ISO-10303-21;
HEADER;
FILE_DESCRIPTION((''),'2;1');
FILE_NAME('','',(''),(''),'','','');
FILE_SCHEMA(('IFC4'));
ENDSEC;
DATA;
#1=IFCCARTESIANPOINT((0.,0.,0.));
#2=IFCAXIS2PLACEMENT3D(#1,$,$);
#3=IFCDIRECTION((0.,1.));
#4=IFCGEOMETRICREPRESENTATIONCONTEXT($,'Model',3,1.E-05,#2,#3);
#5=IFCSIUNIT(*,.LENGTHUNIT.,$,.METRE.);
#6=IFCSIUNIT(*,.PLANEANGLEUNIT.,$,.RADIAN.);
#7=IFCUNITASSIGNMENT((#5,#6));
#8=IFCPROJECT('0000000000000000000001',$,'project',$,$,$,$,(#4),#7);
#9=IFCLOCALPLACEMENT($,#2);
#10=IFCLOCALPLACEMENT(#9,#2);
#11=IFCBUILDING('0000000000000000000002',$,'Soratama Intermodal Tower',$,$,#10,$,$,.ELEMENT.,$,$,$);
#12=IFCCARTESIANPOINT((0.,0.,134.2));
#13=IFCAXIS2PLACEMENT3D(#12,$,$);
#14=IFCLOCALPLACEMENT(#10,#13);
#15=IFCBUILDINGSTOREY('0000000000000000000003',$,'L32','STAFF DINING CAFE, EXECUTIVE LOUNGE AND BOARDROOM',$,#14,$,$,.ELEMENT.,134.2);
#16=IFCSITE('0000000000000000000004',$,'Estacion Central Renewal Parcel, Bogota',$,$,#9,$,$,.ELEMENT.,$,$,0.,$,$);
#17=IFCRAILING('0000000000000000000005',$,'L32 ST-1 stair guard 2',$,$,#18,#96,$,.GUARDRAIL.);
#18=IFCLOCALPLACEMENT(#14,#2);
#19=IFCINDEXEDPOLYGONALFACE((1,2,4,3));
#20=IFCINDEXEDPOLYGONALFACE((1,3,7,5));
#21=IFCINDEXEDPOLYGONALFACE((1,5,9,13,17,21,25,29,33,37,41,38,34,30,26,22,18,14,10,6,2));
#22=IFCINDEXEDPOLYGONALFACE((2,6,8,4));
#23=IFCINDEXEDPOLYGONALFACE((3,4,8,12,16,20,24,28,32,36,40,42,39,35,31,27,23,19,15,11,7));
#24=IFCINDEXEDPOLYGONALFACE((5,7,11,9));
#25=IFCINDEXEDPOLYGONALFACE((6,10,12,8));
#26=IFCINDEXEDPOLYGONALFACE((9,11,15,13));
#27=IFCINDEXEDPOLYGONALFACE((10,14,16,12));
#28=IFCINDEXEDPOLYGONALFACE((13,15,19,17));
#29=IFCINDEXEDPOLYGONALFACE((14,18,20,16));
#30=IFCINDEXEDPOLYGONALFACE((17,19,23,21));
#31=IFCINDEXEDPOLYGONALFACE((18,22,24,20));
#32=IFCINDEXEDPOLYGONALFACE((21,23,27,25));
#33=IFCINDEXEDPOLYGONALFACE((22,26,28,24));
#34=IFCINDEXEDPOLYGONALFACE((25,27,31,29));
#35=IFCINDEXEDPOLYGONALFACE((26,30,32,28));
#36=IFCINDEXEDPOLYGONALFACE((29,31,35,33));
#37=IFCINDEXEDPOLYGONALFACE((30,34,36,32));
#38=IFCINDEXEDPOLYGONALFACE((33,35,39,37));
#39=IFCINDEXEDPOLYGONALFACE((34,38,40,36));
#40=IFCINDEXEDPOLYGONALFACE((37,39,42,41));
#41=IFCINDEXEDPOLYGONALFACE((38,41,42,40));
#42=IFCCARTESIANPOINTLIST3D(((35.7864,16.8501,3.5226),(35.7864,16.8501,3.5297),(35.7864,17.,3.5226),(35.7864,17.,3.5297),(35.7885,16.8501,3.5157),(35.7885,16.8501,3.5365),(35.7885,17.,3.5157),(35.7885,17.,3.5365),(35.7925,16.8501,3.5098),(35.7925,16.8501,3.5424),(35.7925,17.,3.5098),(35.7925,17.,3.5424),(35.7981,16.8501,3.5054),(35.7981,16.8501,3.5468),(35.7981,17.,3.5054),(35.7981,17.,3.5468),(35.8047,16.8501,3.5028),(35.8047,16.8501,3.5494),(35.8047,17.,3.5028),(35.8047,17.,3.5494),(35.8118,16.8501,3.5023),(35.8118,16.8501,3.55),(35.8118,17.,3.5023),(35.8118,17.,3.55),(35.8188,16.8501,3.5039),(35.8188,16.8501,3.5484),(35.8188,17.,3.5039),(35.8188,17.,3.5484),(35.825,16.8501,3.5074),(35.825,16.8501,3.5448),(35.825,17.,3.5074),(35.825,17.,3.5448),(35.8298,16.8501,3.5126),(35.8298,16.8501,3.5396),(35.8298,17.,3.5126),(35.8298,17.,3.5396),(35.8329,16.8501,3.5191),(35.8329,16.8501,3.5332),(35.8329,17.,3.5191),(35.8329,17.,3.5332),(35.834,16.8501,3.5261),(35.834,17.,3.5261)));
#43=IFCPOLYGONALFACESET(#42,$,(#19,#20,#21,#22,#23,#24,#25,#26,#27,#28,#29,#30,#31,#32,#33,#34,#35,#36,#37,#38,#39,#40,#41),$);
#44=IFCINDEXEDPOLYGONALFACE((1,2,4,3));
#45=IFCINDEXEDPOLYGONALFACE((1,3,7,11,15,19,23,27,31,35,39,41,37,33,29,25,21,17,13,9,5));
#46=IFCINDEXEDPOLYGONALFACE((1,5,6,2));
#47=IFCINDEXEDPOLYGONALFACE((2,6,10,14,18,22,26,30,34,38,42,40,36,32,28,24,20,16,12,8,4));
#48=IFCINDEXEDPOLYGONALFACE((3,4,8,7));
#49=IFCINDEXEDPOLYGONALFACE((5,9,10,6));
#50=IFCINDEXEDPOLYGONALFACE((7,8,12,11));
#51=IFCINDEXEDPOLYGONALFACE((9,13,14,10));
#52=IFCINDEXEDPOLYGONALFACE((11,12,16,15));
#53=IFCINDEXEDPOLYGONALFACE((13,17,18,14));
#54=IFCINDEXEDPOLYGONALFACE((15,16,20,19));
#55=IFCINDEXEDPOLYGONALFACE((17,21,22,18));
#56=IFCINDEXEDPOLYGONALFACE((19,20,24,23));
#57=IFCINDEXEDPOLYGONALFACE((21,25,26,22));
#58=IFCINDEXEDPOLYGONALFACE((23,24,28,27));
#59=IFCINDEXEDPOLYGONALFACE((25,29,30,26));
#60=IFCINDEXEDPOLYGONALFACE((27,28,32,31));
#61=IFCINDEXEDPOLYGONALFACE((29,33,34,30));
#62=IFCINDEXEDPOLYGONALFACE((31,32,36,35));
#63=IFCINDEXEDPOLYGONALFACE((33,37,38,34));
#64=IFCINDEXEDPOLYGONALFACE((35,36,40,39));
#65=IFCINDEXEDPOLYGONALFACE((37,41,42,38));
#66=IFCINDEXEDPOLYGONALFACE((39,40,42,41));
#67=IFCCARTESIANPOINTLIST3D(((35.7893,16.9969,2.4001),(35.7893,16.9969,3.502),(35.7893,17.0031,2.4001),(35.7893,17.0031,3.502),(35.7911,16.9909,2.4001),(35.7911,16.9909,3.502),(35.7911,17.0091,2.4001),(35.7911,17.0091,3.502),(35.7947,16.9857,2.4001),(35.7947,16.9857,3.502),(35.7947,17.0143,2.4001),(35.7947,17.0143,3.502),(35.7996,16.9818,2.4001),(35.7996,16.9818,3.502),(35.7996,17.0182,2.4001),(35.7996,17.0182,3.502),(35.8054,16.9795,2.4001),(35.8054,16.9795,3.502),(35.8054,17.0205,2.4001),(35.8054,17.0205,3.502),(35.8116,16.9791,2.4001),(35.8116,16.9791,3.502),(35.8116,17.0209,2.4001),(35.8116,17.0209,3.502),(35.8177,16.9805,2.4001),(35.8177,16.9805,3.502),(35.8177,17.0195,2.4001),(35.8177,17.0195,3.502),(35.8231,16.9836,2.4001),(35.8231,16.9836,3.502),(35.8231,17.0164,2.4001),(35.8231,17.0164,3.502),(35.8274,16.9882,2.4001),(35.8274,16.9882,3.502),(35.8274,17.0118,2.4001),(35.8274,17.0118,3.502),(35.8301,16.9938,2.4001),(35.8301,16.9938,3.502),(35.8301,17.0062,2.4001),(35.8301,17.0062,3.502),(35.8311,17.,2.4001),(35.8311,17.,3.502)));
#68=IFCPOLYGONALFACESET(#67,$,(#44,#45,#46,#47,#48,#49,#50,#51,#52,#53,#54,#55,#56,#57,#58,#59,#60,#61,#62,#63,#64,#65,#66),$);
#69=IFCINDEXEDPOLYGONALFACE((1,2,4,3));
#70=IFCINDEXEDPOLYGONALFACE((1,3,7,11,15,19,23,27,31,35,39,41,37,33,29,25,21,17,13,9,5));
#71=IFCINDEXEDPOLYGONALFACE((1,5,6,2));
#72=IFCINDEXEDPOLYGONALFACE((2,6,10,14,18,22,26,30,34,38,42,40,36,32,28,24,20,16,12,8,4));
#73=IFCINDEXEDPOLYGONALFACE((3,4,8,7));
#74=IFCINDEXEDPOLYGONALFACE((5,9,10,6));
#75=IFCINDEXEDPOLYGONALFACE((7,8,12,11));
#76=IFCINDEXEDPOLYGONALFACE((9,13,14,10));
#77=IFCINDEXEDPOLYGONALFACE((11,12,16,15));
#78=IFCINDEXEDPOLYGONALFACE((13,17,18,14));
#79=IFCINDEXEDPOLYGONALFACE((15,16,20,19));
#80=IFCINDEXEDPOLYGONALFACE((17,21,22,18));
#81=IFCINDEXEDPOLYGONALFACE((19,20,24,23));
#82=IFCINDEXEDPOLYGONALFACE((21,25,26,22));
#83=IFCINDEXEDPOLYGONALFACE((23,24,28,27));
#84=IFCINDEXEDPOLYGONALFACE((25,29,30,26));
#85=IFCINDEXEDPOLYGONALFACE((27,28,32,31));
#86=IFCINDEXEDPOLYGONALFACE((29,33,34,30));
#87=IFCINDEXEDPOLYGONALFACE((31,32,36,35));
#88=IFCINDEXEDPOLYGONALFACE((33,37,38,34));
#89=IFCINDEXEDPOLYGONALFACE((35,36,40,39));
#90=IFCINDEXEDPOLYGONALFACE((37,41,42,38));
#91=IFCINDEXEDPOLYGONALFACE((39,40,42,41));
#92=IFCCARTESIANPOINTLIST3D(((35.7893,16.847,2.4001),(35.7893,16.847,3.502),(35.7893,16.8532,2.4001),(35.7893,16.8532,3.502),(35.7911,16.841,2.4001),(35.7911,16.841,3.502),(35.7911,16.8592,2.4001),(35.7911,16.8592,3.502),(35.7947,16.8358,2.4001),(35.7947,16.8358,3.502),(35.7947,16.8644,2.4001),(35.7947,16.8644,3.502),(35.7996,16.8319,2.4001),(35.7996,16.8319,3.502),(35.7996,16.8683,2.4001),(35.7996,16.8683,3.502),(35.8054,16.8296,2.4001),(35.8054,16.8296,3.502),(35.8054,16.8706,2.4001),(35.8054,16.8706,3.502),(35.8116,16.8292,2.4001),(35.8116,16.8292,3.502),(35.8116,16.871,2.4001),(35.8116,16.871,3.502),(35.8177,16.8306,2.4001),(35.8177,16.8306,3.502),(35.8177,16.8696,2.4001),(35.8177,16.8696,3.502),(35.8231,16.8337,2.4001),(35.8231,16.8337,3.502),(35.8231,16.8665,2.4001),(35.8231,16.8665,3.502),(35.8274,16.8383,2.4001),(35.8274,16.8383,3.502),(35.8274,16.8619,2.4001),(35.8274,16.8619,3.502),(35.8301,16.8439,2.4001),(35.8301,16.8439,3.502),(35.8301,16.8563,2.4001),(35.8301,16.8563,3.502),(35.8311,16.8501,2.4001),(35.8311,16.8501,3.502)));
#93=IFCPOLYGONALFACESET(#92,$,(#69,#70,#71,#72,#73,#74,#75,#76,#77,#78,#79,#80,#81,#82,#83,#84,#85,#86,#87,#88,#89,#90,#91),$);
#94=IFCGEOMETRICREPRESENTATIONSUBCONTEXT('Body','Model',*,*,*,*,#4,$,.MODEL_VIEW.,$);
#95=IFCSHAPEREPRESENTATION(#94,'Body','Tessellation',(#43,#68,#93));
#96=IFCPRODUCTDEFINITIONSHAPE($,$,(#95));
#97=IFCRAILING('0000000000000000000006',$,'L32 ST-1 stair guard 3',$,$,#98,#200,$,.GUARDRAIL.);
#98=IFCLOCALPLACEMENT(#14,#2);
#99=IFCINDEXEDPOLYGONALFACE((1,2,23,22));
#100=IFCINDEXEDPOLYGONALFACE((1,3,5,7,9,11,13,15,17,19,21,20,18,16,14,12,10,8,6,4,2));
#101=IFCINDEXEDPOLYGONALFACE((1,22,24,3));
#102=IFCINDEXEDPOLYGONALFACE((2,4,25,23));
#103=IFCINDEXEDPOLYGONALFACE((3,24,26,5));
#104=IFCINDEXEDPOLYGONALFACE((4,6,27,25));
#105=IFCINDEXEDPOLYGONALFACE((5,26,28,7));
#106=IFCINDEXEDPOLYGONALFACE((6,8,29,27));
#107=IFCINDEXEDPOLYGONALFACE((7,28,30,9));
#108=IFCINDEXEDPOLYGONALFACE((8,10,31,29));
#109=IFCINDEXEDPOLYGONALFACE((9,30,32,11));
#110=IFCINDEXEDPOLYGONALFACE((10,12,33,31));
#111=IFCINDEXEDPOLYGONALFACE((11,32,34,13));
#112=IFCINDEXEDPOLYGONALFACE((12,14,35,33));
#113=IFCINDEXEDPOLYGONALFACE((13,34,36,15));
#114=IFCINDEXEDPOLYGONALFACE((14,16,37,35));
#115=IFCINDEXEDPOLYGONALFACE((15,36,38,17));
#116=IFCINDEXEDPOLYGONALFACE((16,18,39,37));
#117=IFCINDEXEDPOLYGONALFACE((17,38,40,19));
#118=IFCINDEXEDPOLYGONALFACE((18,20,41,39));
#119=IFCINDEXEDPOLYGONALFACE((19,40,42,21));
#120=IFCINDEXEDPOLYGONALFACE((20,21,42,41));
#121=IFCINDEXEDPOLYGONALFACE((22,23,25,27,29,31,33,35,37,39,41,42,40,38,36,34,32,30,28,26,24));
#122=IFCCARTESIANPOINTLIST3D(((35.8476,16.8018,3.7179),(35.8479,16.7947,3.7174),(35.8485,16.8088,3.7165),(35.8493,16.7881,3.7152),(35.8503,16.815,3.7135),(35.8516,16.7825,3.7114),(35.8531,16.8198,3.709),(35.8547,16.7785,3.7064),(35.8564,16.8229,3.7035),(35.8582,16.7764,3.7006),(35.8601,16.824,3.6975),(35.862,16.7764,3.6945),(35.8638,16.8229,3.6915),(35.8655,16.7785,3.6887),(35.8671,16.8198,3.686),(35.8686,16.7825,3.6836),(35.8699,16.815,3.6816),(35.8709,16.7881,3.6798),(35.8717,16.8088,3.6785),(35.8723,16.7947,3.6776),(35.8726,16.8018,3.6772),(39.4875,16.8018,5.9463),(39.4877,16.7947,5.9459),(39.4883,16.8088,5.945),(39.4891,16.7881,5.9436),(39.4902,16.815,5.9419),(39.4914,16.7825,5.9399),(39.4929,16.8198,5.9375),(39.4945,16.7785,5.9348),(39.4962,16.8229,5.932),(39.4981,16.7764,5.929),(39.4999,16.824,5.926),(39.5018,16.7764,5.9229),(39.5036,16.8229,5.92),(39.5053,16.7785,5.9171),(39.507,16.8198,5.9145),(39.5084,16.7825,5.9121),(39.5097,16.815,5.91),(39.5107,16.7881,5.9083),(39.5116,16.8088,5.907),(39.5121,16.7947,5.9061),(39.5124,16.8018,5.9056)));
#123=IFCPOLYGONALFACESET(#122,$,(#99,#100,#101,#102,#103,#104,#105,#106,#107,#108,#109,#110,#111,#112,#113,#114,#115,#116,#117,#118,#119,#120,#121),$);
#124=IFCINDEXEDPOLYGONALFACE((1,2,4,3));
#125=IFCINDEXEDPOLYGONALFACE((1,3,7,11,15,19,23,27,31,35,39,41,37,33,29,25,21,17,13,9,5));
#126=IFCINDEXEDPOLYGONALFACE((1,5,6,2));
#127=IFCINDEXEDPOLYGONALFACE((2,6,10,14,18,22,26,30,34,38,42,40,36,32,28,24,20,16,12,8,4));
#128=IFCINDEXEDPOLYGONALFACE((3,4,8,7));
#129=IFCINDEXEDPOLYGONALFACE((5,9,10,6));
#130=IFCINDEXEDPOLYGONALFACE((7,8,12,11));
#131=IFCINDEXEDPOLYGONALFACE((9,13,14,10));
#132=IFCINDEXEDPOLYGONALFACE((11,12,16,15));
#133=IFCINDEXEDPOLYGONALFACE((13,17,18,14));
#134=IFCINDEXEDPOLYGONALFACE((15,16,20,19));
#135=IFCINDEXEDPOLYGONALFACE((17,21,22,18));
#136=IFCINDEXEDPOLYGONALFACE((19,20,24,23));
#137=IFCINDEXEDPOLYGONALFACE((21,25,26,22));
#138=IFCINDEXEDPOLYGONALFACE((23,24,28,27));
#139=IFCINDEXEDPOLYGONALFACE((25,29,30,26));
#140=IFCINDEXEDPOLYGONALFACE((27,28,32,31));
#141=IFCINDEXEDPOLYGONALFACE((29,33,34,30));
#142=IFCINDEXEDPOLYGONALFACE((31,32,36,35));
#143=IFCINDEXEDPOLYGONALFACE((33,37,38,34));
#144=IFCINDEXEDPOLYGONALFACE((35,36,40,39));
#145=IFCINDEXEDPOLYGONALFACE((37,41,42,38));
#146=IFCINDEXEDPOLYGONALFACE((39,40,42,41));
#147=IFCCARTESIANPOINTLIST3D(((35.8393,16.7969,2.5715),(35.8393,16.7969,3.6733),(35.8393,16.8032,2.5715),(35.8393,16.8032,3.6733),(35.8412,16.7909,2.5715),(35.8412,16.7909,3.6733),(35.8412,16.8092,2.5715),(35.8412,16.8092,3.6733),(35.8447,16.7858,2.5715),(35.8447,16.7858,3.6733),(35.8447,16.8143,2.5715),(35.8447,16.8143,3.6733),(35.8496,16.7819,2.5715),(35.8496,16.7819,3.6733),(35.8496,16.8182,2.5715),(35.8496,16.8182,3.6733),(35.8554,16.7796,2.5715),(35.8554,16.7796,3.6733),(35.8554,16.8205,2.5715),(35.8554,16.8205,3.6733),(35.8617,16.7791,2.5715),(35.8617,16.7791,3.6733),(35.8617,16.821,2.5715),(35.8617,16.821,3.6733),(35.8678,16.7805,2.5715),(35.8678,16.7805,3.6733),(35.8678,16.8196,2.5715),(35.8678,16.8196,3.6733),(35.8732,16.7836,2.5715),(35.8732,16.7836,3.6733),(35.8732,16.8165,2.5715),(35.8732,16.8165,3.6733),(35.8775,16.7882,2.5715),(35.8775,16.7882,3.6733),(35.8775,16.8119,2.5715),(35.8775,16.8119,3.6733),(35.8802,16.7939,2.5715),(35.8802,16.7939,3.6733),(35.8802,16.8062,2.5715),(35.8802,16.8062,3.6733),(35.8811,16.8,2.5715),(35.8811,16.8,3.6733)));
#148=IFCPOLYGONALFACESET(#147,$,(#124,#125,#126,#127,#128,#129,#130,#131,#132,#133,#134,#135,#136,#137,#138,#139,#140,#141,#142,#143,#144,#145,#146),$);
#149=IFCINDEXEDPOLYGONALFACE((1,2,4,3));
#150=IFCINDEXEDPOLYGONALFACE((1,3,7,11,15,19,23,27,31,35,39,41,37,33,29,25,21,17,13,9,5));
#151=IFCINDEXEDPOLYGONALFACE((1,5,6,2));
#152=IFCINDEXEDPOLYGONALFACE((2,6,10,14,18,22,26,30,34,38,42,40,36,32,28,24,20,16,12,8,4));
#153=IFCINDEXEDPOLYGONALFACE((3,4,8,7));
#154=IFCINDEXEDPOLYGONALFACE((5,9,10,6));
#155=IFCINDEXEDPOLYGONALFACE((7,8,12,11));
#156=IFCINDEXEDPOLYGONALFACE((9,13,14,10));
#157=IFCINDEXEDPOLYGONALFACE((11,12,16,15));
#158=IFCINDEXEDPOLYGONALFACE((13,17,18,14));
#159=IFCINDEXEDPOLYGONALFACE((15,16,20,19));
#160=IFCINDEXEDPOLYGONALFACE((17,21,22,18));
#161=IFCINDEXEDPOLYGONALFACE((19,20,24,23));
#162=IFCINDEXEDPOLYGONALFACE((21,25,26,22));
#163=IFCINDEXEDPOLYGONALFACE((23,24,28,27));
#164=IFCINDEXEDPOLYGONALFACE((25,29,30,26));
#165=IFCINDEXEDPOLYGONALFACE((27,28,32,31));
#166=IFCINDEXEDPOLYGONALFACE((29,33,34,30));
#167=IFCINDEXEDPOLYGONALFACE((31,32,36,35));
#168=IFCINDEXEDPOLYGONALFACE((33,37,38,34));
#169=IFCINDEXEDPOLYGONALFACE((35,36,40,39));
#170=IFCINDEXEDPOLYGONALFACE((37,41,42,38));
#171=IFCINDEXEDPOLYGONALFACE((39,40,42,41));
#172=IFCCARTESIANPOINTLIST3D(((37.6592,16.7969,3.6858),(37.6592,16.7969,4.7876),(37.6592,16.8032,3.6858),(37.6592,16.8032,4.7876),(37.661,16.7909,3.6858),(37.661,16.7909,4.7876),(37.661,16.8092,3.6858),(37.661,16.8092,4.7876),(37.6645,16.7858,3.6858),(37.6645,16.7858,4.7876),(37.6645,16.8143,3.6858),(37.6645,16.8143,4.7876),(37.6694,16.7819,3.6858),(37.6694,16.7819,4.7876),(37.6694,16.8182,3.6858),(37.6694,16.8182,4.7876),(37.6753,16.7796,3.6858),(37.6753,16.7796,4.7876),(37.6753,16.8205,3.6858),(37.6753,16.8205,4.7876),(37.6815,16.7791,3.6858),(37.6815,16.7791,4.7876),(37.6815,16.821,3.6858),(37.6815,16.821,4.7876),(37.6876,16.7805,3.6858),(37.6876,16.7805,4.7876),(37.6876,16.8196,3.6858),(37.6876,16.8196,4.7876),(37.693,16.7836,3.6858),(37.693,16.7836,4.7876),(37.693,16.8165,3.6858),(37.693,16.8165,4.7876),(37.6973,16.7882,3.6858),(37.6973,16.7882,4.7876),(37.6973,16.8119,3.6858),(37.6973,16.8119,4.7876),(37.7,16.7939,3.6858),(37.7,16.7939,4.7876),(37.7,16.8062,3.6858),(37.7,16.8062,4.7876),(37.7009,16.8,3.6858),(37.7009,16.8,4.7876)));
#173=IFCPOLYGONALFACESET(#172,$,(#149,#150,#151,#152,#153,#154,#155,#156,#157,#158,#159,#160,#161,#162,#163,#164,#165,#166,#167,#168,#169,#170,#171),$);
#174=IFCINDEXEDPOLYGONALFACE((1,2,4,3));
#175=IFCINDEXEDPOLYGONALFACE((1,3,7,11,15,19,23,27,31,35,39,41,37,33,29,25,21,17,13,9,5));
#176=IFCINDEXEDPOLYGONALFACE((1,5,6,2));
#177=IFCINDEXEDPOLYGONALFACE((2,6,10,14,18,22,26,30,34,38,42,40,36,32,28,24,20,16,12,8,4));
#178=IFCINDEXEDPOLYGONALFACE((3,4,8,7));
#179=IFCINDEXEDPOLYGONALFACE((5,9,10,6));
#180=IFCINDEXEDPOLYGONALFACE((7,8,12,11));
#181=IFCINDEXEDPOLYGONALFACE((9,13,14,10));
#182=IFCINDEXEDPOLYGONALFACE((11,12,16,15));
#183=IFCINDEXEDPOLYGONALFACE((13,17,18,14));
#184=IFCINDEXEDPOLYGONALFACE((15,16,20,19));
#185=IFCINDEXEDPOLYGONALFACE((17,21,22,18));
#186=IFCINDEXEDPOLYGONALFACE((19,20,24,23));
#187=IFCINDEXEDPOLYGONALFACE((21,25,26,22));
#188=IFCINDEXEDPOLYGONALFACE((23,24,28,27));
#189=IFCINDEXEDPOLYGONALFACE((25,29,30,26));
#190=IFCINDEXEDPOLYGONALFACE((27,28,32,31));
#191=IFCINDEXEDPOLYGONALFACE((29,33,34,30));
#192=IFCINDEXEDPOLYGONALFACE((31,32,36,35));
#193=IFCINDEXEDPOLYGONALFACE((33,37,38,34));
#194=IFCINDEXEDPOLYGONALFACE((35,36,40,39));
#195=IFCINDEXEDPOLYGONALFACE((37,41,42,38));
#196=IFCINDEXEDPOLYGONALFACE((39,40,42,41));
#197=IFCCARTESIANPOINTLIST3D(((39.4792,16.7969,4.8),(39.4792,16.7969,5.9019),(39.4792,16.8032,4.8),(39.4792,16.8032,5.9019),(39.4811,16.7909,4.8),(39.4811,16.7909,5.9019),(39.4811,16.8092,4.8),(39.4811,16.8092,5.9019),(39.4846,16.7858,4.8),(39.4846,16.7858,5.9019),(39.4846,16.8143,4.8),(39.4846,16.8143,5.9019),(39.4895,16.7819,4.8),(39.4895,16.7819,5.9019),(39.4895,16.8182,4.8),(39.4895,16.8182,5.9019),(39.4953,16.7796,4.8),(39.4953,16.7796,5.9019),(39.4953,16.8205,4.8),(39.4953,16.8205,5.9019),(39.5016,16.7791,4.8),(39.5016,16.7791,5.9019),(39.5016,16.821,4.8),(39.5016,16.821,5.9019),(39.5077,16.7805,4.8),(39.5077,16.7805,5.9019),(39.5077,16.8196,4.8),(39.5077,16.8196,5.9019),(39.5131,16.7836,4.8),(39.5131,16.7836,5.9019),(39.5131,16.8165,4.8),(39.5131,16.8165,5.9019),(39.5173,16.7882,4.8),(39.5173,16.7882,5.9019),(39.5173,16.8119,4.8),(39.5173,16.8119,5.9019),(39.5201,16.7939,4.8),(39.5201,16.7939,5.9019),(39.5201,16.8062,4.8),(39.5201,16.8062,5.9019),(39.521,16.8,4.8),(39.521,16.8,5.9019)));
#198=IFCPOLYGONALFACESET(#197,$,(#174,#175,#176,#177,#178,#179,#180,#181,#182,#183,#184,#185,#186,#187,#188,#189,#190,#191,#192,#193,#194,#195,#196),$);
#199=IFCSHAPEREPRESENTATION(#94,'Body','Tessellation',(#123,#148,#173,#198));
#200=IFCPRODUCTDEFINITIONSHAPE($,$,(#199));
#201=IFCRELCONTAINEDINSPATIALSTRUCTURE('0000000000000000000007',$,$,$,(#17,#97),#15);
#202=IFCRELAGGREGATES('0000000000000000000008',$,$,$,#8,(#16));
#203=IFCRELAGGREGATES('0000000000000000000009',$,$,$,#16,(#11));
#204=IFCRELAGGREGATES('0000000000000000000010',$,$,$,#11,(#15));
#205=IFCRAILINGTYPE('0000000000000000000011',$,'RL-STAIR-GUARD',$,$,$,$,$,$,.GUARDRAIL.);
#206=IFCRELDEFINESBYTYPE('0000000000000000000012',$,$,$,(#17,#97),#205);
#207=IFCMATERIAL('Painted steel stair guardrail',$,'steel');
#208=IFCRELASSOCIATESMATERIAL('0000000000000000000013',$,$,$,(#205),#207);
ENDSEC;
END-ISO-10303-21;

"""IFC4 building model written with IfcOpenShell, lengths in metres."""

from ifc_helpers import new_model, si_unit, direction, frame, origin, origin_2d, place, context, subcontext, project, spatial, circle, extrude, material, type_object, element, save


model = new_model("IFC4")

# Units and contexts
model_context = context("Model", 3, precision=1e-05, world=origin(), true_north=direction((0.0, 1.0)))
body_context = subcontext(model_context, "Body", "Model", "MODEL_VIEW")
ifc_project = project(units=[si_unit("LENGTHUNIT", "METRE"), si_unit("PLANEANGLEUNIT", "RADIAN")], contexts=[model_context])

# Site, building, storey
site_placement = place(None, origin())
site = spatial("IfcSite", under=ifc_project, at=site_placement, Name="Estacion Central Renewal Parcel, Bogota", CompositionType="ELEMENT", RefElevation=0.0)
building_placement = place(site_placement, origin())
building = spatial("IfcBuilding", under=site, at=building_placement, Name="Soratama Intermodal Tower", CompositionType="ELEMENT")
storey_placement = place(building_placement, frame((0.0, 0.0, 134.2)))
storey = spatial("IfcBuildingStorey", under=building, at=storey_placement, Name="L32", Description="STAFF DINING CAFE, EXECUTIVE LOUNGE AND BOARDROOM", CompositionType="ELEMENT", Elevation=134.2)

# Railings
ifc_material_1 = material(Name="Painted steel stair guardrail", Category="steel")
railing_type_1 = type_object("IfcRailingType", Name="RL-STAIR-GUARD", PredefinedType="GUARDRAIL", material=ifc_material_1)
railing_1_placement = place(storey_placement, frame((35.8101, 17.0, 2.4001)))
element("IfcRailing", 1, at=railing_1_placement, inside=storey, type_object=railing_type_1, Name="L32 ST-1 stair guard 2", PredefinedType="GUARDRAIL", context=body_context, shape_type="SweptSolid", body=[
    extrude(circle(Radius=0.0239, at=origin_2d()), frame((0.0, 0.0, 1.126), z_axis=(0.0, -1.0, 0.0), x_axis=(1.0, 0.0, 0.0)), (0.0, 0.0, 1.0), 0.1499),
    extrude(circle(Radius=0.021, at=origin_2d()), origin(), (0.0, 0.0, 1.0), 1.1018),
    extrude(circle(Radius=0.021, at=origin_2d()), frame((0.0, -0.1499, 0.0)), (0.0, 0.0, 1.0), 1.1018),
])
railing_2_placement = place(storey_placement, frame((35.8601, 16.8, 2.5715)))
element("IfcRailing", 2, at=railing_2_placement, inside=storey, type_object=railing_type_1, Name="L32 ST-1 stair guard 3", PredefinedType="GUARDRAIL", context=body_context, shape_type="SweptSolid", body=[
    extrude(circle(Radius=0.0239, at=origin_2d()), frame((0.0, 0.0, 1.126), z_axis=(0.85285, 0.0, 0.522156), x_axis=(0.0, 1.0, 0.0)), (0.0, 0.0, 1.0), 4.2678),
    extrude(circle(Radius=0.021, at=origin_2d()), origin(), (0.0, 0.0, 1.0), 1.1018),
    extrude(circle(Radius=0.021, at=origin_2d()), frame((1.8198, 0.0, 1.1143)), (0.0, 0.0, 1.0), 1.1018),
    extrude(circle(Radius=0.021, at=origin_2d()), frame((3.6399, 0.0, 2.2285)), (0.0, 0.0, 1.0), 1.1018),
])

save(model, "model.ifc")
